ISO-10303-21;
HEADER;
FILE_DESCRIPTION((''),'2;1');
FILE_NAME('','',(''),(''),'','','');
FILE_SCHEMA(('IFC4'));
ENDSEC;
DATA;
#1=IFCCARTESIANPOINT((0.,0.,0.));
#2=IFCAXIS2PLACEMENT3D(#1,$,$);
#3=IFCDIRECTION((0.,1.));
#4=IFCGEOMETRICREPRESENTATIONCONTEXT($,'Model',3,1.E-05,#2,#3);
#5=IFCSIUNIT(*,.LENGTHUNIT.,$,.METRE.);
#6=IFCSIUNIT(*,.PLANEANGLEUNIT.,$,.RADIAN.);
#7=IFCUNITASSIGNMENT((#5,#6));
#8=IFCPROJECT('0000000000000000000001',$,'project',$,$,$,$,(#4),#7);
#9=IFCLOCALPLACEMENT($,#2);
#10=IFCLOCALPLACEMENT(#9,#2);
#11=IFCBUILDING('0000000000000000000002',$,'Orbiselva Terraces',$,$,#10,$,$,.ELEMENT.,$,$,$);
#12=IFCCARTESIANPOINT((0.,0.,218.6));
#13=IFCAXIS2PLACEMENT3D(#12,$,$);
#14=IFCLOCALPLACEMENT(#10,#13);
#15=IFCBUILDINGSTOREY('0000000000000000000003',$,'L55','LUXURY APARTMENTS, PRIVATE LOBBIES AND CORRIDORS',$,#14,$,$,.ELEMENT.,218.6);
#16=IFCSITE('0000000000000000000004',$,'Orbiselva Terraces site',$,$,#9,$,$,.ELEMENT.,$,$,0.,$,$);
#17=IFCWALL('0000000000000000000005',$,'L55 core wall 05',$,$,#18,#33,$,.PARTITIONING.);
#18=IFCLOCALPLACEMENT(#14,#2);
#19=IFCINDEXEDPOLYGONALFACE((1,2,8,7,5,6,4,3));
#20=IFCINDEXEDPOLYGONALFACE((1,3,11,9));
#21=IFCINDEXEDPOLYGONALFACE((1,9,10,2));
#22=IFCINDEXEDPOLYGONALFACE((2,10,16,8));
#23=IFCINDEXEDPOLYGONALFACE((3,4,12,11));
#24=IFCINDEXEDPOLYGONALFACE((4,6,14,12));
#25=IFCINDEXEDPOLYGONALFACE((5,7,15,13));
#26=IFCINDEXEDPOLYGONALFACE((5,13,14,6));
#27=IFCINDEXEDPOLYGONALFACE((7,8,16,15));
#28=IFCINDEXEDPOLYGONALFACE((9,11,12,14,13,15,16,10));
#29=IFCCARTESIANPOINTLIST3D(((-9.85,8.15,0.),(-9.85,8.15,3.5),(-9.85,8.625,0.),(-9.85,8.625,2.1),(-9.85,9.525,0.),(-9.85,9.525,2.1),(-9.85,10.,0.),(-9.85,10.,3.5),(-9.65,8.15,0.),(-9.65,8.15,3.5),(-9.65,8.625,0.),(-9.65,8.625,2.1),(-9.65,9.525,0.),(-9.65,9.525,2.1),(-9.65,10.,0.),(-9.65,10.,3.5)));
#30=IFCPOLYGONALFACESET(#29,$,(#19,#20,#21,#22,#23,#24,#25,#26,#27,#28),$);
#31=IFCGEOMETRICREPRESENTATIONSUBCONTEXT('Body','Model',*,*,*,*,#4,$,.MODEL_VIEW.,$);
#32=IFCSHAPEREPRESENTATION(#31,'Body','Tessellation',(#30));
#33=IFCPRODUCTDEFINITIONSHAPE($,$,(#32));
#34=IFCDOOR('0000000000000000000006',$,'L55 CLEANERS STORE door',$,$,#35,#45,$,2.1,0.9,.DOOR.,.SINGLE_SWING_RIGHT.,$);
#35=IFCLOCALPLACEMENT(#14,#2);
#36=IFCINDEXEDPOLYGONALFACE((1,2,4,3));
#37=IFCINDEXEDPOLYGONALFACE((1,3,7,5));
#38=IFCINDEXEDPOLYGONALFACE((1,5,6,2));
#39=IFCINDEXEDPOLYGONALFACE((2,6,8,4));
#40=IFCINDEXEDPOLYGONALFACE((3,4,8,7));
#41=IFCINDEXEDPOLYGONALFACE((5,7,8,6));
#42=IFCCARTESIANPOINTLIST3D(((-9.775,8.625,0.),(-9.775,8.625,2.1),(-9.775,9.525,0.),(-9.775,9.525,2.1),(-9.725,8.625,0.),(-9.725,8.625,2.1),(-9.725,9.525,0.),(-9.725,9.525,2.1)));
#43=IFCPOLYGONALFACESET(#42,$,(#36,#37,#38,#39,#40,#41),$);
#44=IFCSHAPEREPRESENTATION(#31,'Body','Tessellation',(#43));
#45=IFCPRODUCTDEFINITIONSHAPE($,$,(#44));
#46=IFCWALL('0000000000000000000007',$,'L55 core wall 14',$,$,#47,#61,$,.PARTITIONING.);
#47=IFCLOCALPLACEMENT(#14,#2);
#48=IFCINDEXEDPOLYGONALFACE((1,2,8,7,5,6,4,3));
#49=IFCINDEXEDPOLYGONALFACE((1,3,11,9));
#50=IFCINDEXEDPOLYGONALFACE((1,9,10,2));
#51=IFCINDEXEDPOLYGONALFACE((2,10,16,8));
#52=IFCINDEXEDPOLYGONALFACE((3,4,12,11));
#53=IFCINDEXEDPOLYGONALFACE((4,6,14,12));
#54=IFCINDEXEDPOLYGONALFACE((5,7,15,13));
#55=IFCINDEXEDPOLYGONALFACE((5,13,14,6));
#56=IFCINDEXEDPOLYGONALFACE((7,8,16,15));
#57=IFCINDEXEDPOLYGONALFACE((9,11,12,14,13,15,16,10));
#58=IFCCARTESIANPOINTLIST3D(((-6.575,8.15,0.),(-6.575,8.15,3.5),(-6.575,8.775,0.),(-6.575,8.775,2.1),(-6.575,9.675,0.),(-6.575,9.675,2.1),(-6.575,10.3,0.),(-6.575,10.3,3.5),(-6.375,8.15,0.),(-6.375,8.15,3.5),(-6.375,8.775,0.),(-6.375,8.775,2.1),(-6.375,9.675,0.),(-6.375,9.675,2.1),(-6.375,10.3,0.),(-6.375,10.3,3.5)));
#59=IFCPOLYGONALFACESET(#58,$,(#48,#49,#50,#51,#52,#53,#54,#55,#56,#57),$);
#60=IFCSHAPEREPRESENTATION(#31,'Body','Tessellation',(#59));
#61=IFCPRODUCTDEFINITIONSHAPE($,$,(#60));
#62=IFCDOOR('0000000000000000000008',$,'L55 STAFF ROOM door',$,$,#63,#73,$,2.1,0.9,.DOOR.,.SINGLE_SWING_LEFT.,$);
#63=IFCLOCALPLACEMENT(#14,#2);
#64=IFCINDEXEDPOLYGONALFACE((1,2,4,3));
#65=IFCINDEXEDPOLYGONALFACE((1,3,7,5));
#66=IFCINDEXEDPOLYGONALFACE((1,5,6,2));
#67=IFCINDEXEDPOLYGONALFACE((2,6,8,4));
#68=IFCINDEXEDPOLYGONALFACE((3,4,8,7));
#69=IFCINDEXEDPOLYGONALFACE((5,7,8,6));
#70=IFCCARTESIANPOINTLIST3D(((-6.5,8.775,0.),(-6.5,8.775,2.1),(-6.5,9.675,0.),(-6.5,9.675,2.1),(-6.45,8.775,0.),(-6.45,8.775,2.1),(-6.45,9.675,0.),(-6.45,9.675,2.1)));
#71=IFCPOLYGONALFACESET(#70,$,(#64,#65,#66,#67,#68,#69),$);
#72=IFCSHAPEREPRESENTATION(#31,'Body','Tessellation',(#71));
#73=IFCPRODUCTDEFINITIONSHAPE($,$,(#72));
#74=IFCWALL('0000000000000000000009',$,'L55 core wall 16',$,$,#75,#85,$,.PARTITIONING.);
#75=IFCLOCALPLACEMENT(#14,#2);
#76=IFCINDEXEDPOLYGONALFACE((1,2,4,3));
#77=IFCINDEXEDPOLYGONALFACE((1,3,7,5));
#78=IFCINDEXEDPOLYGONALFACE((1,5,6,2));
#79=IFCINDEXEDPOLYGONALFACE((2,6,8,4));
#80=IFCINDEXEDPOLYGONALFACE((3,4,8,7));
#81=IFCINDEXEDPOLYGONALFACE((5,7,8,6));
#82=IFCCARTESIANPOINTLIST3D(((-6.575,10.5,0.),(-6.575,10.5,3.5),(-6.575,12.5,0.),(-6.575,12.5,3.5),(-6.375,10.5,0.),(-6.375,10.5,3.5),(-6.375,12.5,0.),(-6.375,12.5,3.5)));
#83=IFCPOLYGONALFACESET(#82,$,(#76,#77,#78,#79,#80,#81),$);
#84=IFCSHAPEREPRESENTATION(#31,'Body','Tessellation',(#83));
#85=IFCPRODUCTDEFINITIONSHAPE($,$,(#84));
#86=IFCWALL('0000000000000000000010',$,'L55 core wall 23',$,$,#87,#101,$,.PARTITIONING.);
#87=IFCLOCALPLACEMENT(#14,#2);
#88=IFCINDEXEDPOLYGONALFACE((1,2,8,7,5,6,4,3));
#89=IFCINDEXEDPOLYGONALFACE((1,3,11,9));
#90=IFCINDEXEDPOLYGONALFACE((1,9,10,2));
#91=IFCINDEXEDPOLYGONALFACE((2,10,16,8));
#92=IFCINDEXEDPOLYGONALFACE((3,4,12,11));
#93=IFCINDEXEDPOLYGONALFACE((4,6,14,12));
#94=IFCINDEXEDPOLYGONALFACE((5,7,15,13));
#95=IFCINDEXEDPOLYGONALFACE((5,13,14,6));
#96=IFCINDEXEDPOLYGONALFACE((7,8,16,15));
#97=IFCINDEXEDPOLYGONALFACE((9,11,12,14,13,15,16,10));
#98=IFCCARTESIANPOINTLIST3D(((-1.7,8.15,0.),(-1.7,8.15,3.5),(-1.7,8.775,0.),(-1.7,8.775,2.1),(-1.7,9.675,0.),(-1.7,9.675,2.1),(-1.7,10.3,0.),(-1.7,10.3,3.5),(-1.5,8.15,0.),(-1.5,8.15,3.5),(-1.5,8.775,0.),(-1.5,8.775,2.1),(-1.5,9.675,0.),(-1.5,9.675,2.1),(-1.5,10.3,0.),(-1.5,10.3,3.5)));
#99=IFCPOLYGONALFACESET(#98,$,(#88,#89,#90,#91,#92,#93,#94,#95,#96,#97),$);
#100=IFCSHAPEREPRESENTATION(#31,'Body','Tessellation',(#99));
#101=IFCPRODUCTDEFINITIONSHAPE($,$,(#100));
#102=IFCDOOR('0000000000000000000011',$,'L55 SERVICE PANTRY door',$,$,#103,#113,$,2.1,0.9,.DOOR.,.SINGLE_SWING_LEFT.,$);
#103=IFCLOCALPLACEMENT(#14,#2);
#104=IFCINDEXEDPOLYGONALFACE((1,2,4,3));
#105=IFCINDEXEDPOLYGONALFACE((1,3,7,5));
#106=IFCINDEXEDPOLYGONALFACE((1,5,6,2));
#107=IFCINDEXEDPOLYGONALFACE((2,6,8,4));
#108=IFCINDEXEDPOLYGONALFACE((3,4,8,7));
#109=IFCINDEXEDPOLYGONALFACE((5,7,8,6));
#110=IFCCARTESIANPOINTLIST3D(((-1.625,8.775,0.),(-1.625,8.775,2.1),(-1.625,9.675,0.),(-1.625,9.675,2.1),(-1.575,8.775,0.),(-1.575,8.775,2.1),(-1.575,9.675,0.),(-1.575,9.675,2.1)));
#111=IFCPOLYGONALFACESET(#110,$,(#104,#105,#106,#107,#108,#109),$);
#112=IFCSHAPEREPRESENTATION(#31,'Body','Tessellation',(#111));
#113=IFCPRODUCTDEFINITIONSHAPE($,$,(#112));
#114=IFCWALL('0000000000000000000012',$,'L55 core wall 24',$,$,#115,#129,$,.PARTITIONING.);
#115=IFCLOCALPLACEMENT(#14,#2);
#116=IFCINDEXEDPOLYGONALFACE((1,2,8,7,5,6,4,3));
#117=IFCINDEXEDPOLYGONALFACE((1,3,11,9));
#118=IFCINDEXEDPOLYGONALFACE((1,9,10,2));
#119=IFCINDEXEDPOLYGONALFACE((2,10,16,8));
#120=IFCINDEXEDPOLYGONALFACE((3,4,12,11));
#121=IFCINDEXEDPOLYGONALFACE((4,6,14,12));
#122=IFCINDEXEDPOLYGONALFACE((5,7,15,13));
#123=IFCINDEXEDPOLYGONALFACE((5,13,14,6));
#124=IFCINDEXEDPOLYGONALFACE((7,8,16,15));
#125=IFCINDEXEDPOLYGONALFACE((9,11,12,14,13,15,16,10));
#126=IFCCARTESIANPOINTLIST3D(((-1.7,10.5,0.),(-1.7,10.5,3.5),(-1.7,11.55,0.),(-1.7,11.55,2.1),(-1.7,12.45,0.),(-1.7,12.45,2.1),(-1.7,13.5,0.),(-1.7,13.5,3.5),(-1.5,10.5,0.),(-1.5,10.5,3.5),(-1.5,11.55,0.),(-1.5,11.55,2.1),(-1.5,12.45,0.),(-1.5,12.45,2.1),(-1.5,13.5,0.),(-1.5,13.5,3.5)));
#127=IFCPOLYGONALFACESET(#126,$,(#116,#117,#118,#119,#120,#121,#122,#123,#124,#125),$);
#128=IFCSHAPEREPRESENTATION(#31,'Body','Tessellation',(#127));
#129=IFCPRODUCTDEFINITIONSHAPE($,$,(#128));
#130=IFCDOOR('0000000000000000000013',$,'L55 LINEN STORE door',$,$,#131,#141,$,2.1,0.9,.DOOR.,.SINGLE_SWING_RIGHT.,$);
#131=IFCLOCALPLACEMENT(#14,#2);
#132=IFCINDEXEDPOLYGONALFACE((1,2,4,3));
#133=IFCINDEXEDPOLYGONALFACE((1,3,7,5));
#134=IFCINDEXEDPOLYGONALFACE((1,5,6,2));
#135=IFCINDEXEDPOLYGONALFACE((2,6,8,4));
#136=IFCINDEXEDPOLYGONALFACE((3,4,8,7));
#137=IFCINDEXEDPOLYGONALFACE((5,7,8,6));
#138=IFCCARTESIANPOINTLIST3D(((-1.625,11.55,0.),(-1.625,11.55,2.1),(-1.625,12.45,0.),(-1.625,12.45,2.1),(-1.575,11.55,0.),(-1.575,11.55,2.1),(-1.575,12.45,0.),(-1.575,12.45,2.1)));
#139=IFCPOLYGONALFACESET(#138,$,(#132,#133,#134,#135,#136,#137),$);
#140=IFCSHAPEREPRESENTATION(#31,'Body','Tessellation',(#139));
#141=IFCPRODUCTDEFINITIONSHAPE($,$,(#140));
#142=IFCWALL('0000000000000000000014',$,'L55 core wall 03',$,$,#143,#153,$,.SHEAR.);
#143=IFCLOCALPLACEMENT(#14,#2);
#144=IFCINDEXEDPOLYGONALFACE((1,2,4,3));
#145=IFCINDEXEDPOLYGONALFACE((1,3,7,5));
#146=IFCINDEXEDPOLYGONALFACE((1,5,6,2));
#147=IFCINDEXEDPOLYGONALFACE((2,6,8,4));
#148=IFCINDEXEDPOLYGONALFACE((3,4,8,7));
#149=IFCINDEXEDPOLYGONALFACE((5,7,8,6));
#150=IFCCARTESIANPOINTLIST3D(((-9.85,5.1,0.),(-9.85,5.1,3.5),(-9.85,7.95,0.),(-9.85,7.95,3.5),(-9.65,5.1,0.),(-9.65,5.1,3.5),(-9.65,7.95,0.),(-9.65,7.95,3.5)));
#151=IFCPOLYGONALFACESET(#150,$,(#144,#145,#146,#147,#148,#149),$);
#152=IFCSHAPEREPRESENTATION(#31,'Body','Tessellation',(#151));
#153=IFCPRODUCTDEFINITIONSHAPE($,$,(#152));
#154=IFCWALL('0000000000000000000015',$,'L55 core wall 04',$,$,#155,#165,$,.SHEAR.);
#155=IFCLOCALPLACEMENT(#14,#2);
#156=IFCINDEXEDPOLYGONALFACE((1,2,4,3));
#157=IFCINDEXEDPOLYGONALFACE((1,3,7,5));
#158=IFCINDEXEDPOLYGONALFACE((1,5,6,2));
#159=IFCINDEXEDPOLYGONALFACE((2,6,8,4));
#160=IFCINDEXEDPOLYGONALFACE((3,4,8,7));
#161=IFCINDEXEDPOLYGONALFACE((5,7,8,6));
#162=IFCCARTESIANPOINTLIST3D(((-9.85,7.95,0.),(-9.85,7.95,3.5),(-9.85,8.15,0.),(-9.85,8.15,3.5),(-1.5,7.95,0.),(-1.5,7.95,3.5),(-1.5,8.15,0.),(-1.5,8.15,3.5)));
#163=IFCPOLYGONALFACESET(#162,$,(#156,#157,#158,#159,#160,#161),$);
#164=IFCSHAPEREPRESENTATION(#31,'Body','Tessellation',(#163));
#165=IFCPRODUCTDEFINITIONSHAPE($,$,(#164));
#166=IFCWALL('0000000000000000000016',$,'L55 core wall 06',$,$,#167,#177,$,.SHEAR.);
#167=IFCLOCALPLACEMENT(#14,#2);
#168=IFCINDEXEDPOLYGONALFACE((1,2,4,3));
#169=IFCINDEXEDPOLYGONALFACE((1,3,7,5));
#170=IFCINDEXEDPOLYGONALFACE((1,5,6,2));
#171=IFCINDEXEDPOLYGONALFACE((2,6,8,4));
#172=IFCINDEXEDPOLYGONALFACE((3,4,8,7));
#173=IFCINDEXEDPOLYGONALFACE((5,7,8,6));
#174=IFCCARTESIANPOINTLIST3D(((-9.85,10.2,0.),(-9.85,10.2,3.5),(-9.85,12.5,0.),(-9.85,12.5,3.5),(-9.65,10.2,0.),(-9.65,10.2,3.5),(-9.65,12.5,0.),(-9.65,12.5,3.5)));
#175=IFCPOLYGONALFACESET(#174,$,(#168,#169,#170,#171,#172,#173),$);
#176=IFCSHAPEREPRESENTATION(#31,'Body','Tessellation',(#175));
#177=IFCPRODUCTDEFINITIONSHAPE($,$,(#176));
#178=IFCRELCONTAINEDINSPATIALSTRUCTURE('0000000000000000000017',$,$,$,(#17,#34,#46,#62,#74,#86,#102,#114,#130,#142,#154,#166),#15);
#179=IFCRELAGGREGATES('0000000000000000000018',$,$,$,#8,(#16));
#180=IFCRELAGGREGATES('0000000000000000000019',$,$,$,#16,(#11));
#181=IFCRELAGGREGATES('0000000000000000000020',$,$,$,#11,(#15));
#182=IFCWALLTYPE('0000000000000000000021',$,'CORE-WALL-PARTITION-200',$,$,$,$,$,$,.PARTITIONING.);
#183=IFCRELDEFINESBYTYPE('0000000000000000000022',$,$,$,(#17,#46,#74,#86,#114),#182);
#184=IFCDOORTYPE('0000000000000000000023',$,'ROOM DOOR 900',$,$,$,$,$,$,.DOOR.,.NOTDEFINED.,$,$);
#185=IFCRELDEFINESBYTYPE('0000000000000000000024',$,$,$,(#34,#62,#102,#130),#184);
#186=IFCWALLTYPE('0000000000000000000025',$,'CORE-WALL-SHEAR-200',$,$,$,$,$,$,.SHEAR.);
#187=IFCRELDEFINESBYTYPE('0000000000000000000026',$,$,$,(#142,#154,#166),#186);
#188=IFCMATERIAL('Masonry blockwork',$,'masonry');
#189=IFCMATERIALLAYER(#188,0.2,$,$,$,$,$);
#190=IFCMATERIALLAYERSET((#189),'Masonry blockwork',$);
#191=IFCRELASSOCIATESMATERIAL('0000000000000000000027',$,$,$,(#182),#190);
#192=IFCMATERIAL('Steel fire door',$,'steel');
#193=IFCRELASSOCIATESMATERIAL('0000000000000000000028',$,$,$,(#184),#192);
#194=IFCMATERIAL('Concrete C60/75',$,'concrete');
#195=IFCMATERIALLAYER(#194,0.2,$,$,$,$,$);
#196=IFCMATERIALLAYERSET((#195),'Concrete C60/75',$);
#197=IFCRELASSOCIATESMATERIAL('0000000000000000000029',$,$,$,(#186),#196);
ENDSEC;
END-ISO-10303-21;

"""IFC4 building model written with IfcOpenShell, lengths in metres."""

from ifc_helpers import new_model, si_unit, direction, frame, frame_2d, origin, place, context, subcontext, project, spatial, rectangle, extrude, material, layer, layer_set, type_object, element, fill, save


model = new_model("IFC4")

# Units and contexts
model_context = context("Model", 3, precision=1e-05, world=origin(), true_north=direction((0.0, 1.0)))
body_context = subcontext(model_context, "Body", "Model", "MODEL_VIEW")
ifc_project = project(units=[si_unit("LENGTHUNIT", "METRE"), si_unit("PLANEANGLEUNIT", "RADIAN")], contexts=[model_context])

# Site, building, storey
site_placement = place(None, origin())
site = spatial("IfcSite", under=ifc_project, at=site_placement, Name="Orbiselva Terraces site", CompositionType="ELEMENT", RefElevation=0.0)
building_placement = place(site_placement, origin())
building = spatial("IfcBuilding", under=site, at=building_placement, Name="Orbiselva Terraces", CompositionType="ELEMENT")
storey_placement = place(building_placement, frame((0.0, 0.0, 218.6)))
storey = spatial("IfcBuildingStorey", under=building, at=storey_placement, Name="L55", Description="LUXURY APARTMENTS, PRIVATE LOBBIES AND CORRIDORS", CompositionType="ELEMENT", Elevation=218.6)

# Walls, openings, doors
ifc_material_1 = material(Name="Masonry blockwork", Category="masonry")
ifc_layer_1 = layer(ifc_material_1, 0.2)
ifc_layer_set_1 = layer_set([ifc_layer_1], Name="Masonry blockwork")
wall_type_1 = type_object("IfcWallType", Name="CORE-WALL-PARTITION-200", PredefinedType="PARTITIONING", material=ifc_layer_set_1)
wall_1_placement = place(storey_placement, frame((-9.75, 8.15, 0.0), z_axis=(0.0, 0.0, 1.0), x_axis=(0.0, 1.0, 0.0)))
wall_1 = element("IfcWall", 1, at=wall_1_placement, inside=storey, type_object=wall_type_1, Name="L55 core wall 05", PredefinedType="PARTITIONING", context=body_context, shape_type="SweptSolid", body=[
    extrude(rectangle(XDim=1.85, YDim=0.2, at=frame_2d((0.925, 0.0))), origin(), (0.0, 0.0, 1.0), 3.5),
])
opening_1_placement = place(wall_1_placement, frame((0.475, 0.0, 0.0)))
opening_1 = element("IfcOpeningElement", 2, at=opening_1_placement, cuts=wall_1, PredefinedType="OPENING", context=body_context, shape_type="SweptSolid", body=[
    extrude(rectangle(XDim=0.9, YDim=2.1, at=frame_2d((0.45, 1.05))), frame((0.0, 0.11, 0.0), z_axis=(0.0, -1.0, 0.0), x_axis=(1.0, 0.0, 0.0)), (0.0, 0.0, 1.0), 0.22),
])
ifc_material_2 = material(Name="Steel fire door", Category="steel")
door_type = type_object("IfcDoorType", Name="ROOM DOOR 900", OperationType="NOTDEFINED", PredefinedType="DOOR", material=ifc_material_2)
door_1_placement = place(opening_1_placement, origin())
door_1 = element("IfcDoor", 3, at=door_1_placement, inside=storey, type_object=door_type, Name="L55 CLEANERS STORE door", OperationType="SINGLE_SWING_RIGHT", OverallHeight=2.1, OverallWidth=0.9, PredefinedType="DOOR", context=body_context, shape_type="SweptSolid", body=[
    extrude(rectangle(XDim=0.9, YDim=2.1, at=frame_2d((0.45, 1.05))), frame((0.0, 0.025, 0.0), z_axis=(0.0, -1.0, 0.0), x_axis=(1.0, 0.0, 0.0)), (0.0, 0.0, 1.0), 0.05),
])
fill(opening_1, door_1)
wall_2_placement = place(storey_placement, frame((-6.475, 8.15, 0.0), z_axis=(0.0, 0.0, 1.0), x_axis=(0.0, 1.0, 0.0)))
wall_2 = element("IfcWall", 4, at=wall_2_placement, inside=storey, type_object=wall_type_1, Name="L55 core wall 14", PredefinedType="PARTITIONING", context=body_context, shape_type="SweptSolid", body=[
    extrude(rectangle(XDim=2.15, YDim=0.2, at=frame_2d((1.075, 0.0))), origin(), (0.0, 0.0, 1.0), 3.5),
])
opening_2_placement = place(wall_2_placement, frame((0.625, 0.0, 0.0)))
opening_2 = element("IfcOpeningElement", 5, at=opening_2_placement, cuts=wall_2, PredefinedType="OPENING", context=body_context, shape_type="SweptSolid", body=[
    extrude(rectangle(XDim=0.9, YDim=2.1, at=frame_2d((0.45, 1.05))), frame((0.0, 0.11, 0.0), z_axis=(0.0, -1.0, 0.0), x_axis=(1.0, 0.0, 0.0)), (0.0, 0.0, 1.0), 0.22),
])
door_2_placement = place(opening_2_placement, origin())
door_2 = element("IfcDoor", 6, at=door_2_placement, inside=storey, type_object=door_type, Name="L55 STAFF ROOM door", OperationType="SINGLE_SWING_LEFT", OverallHeight=2.1, OverallWidth=0.9, PredefinedType="DOOR", context=body_context, shape_type="SweptSolid", body=[
    extrude(rectangle(XDim=0.9, YDim=2.1, at=frame_2d((0.45, 1.05))), frame((0.0, 0.025, 0.0), z_axis=(0.0, -1.0, 0.0), x_axis=(1.0, 0.0, 0.0)), (0.0, 0.0, 1.0), 0.05),
])
fill(opening_2, door_2)

# Wall
wall_3_placement = place(storey_placement, frame((-6.475, 10.5, 0.0), z_axis=(0.0, 0.0, 1.0), x_axis=(0.0, 1.0, 0.0)))
element("IfcWall", 7, at=wall_3_placement, inside=storey, type_object=wall_type_1, Name="L55 core wall 16", PredefinedType="PARTITIONING", context=body_context, shape_type="SweptSolid", body=[
    extrude(rectangle(XDim=2.0, YDim=0.2, at=frame_2d((1.0, 0.0))), origin(), (0.0, 0.0, 1.0), 3.5),
])

# Walls, openings, doors
wall_4_placement = place(storey_placement, frame((-1.6, 8.15, 0.0), z_axis=(0.0, 0.0, 1.0), x_axis=(0.0, 1.0, 0.0)))
wall_4 = element("IfcWall", 8, at=wall_4_placement, inside=storey, type_object=wall_type_1, Name="L55 core wall 23", PredefinedType="PARTITIONING", context=body_context, shape_type="SweptSolid", body=[
    extrude(rectangle(XDim=2.15, YDim=0.2, at=frame_2d((1.075, 0.0))), origin(), (0.0, 0.0, 1.0), 3.5),
])
opening_3_placement = place(wall_4_placement, frame((0.625, 0.0, 0.0)))
opening_3 = element("IfcOpeningElement", 9, at=opening_3_placement, cuts=wall_4, PredefinedType="OPENING", context=body_context, shape_type="SweptSolid", body=[
    extrude(rectangle(XDim=0.9, YDim=2.1, at=frame_2d((0.45, 1.05))), frame((0.0, 0.11, 0.0), z_axis=(0.0, -1.0, 0.0), x_axis=(1.0, 0.0, 0.0)), (0.0, 0.0, 1.0), 0.22),
])
door_3_placement = place(opening_3_placement, origin())
door_3 = element("IfcDoor", 10, at=door_3_placement, inside=storey, type_object=door_type, Name="L55 SERVICE PANTRY door", OperationType="SINGLE_SWING_LEFT", OverallHeight=2.1, OverallWidth=0.9, PredefinedType="DOOR", context=body_context, shape_type="SweptSolid", body=[
    extrude(rectangle(XDim=0.9, YDim=2.1, at=frame_2d((0.45, 1.05))), frame((0.0, 0.025, 0.0), z_axis=(0.0, -1.0, 0.0), x_axis=(1.0, 0.0, 0.0)), (0.0, 0.0, 1.0), 0.05),
])
fill(opening_3, door_3)
wall_5_placement = place(storey_placement, frame((-1.6, 10.5, 0.0), z_axis=(0.0, 0.0, 1.0), x_axis=(0.0, 1.0, 0.0)))
wall_5 = element("IfcWall", 11, at=wall_5_placement, inside=storey, type_object=wall_type_1, Name="L55 core wall 24", PredefinedType="PARTITIONING", context=body_context, shape_type="SweptSolid", body=[
    extrude(rectangle(XDim=3.0, YDim=0.2, at=frame_2d((1.5, 0.0))), origin(), (0.0, 0.0, 1.0), 3.5),
])
opening_4_placement = place(wall_5_placement, frame((1.05, 0.0, 0.0)))
opening_4 = element("IfcOpeningElement", 12, at=opening_4_placement, cuts=wall_5, PredefinedType="OPENING", context=body_context, shape_type="SweptSolid", body=[
    extrude(rectangle(XDim=0.9, YDim=2.1, at=frame_2d((0.45, 1.05))), frame((0.0, 0.11, 0.0), z_axis=(0.0, -1.0, 0.0), x_axis=(1.0, 0.0, 0.0)), (0.0, 0.0, 1.0), 0.22),
])
door_4_placement = place(opening_4_placement, origin())
door_4 = element("IfcDoor", 13, at=door_4_placement, inside=storey, type_object=door_type, Name="L55 LINEN STORE door", OperationType="SINGLE_SWING_RIGHT", OverallHeight=2.1, OverallWidth=0.9, PredefinedType="DOOR", context=body_context, shape_type="SweptSolid", body=[
    extrude(rectangle(XDim=0.9, YDim=2.1, at=frame_2d((0.45, 1.05))), frame((0.0, 0.025, 0.0), z_axis=(0.0, -1.0, 0.0), x_axis=(1.0, 0.0, 0.0)), (0.0, 0.0, 1.0), 0.05),
])
fill(opening_4, door_4)

# Walls
ifc_material_3 = material(Name="Concrete C60/75", Category="concrete")
ifc_layer_2 = layer(ifc_material_3, 0.2)
ifc_layer_set_2 = layer_set([ifc_layer_2], Name="Concrete C60/75")
wall_type_2 = type_object("IfcWallType", Name="CORE-WALL-SHEAR-200", PredefinedType="SHEAR", material=ifc_layer_set_2)
wall_6_placement = place(storey_placement, frame((-9.75, 5.1, 0.0), z_axis=(0.0, 0.0, 1.0), x_axis=(0.0, 1.0, 0.0)))
element("IfcWall", 14, at=wall_6_placement, inside=storey, type_object=wall_type_2, Name="L55 core wall 03", PredefinedType="SHEAR", context=body_context, shape_type="SweptSolid", body=[
    extrude(rectangle(XDim=2.85, YDim=0.2, at=frame_2d((1.425, 0.0))), origin(), (0.0, 0.0, 1.0), 3.5),
])
wall_7_placement = place(storey_placement, frame((-9.85, 8.05, 0.0), z_axis=(0.0, 0.0, 1.0), x_axis=(1.0, 0.0, 0.0)))
element("IfcWall", 15, at=wall_7_placement, inside=storey, type_object=wall_type_2, Name="L55 core wall 04", PredefinedType="SHEAR", context=body_context, shape_type="SweptSolid", body=[
    extrude(rectangle(XDim=8.35, YDim=0.2, at=frame_2d((4.175, 0.0))), origin(), (0.0, 0.0, 1.0), 3.5),
])
wall_8_placement = place(storey_placement, frame((-9.75, 10.2, 0.0), z_axis=(0.0, 0.0, 1.0), x_axis=(0.0, 1.0, 0.0)))
element("IfcWall", 16, at=wall_8_placement, inside=storey, type_object=wall_type_2, Name="L55 core wall 06", PredefinedType="SHEAR", context=body_context, shape_type="SweptSolid", body=[
    extrude(rectangle(XDim=2.3, YDim=0.2, at=frame_2d((1.15, 0.0))), origin(), (0.0, 0.0, 1.0), 3.5),
])

save(model, "model.ifc")
